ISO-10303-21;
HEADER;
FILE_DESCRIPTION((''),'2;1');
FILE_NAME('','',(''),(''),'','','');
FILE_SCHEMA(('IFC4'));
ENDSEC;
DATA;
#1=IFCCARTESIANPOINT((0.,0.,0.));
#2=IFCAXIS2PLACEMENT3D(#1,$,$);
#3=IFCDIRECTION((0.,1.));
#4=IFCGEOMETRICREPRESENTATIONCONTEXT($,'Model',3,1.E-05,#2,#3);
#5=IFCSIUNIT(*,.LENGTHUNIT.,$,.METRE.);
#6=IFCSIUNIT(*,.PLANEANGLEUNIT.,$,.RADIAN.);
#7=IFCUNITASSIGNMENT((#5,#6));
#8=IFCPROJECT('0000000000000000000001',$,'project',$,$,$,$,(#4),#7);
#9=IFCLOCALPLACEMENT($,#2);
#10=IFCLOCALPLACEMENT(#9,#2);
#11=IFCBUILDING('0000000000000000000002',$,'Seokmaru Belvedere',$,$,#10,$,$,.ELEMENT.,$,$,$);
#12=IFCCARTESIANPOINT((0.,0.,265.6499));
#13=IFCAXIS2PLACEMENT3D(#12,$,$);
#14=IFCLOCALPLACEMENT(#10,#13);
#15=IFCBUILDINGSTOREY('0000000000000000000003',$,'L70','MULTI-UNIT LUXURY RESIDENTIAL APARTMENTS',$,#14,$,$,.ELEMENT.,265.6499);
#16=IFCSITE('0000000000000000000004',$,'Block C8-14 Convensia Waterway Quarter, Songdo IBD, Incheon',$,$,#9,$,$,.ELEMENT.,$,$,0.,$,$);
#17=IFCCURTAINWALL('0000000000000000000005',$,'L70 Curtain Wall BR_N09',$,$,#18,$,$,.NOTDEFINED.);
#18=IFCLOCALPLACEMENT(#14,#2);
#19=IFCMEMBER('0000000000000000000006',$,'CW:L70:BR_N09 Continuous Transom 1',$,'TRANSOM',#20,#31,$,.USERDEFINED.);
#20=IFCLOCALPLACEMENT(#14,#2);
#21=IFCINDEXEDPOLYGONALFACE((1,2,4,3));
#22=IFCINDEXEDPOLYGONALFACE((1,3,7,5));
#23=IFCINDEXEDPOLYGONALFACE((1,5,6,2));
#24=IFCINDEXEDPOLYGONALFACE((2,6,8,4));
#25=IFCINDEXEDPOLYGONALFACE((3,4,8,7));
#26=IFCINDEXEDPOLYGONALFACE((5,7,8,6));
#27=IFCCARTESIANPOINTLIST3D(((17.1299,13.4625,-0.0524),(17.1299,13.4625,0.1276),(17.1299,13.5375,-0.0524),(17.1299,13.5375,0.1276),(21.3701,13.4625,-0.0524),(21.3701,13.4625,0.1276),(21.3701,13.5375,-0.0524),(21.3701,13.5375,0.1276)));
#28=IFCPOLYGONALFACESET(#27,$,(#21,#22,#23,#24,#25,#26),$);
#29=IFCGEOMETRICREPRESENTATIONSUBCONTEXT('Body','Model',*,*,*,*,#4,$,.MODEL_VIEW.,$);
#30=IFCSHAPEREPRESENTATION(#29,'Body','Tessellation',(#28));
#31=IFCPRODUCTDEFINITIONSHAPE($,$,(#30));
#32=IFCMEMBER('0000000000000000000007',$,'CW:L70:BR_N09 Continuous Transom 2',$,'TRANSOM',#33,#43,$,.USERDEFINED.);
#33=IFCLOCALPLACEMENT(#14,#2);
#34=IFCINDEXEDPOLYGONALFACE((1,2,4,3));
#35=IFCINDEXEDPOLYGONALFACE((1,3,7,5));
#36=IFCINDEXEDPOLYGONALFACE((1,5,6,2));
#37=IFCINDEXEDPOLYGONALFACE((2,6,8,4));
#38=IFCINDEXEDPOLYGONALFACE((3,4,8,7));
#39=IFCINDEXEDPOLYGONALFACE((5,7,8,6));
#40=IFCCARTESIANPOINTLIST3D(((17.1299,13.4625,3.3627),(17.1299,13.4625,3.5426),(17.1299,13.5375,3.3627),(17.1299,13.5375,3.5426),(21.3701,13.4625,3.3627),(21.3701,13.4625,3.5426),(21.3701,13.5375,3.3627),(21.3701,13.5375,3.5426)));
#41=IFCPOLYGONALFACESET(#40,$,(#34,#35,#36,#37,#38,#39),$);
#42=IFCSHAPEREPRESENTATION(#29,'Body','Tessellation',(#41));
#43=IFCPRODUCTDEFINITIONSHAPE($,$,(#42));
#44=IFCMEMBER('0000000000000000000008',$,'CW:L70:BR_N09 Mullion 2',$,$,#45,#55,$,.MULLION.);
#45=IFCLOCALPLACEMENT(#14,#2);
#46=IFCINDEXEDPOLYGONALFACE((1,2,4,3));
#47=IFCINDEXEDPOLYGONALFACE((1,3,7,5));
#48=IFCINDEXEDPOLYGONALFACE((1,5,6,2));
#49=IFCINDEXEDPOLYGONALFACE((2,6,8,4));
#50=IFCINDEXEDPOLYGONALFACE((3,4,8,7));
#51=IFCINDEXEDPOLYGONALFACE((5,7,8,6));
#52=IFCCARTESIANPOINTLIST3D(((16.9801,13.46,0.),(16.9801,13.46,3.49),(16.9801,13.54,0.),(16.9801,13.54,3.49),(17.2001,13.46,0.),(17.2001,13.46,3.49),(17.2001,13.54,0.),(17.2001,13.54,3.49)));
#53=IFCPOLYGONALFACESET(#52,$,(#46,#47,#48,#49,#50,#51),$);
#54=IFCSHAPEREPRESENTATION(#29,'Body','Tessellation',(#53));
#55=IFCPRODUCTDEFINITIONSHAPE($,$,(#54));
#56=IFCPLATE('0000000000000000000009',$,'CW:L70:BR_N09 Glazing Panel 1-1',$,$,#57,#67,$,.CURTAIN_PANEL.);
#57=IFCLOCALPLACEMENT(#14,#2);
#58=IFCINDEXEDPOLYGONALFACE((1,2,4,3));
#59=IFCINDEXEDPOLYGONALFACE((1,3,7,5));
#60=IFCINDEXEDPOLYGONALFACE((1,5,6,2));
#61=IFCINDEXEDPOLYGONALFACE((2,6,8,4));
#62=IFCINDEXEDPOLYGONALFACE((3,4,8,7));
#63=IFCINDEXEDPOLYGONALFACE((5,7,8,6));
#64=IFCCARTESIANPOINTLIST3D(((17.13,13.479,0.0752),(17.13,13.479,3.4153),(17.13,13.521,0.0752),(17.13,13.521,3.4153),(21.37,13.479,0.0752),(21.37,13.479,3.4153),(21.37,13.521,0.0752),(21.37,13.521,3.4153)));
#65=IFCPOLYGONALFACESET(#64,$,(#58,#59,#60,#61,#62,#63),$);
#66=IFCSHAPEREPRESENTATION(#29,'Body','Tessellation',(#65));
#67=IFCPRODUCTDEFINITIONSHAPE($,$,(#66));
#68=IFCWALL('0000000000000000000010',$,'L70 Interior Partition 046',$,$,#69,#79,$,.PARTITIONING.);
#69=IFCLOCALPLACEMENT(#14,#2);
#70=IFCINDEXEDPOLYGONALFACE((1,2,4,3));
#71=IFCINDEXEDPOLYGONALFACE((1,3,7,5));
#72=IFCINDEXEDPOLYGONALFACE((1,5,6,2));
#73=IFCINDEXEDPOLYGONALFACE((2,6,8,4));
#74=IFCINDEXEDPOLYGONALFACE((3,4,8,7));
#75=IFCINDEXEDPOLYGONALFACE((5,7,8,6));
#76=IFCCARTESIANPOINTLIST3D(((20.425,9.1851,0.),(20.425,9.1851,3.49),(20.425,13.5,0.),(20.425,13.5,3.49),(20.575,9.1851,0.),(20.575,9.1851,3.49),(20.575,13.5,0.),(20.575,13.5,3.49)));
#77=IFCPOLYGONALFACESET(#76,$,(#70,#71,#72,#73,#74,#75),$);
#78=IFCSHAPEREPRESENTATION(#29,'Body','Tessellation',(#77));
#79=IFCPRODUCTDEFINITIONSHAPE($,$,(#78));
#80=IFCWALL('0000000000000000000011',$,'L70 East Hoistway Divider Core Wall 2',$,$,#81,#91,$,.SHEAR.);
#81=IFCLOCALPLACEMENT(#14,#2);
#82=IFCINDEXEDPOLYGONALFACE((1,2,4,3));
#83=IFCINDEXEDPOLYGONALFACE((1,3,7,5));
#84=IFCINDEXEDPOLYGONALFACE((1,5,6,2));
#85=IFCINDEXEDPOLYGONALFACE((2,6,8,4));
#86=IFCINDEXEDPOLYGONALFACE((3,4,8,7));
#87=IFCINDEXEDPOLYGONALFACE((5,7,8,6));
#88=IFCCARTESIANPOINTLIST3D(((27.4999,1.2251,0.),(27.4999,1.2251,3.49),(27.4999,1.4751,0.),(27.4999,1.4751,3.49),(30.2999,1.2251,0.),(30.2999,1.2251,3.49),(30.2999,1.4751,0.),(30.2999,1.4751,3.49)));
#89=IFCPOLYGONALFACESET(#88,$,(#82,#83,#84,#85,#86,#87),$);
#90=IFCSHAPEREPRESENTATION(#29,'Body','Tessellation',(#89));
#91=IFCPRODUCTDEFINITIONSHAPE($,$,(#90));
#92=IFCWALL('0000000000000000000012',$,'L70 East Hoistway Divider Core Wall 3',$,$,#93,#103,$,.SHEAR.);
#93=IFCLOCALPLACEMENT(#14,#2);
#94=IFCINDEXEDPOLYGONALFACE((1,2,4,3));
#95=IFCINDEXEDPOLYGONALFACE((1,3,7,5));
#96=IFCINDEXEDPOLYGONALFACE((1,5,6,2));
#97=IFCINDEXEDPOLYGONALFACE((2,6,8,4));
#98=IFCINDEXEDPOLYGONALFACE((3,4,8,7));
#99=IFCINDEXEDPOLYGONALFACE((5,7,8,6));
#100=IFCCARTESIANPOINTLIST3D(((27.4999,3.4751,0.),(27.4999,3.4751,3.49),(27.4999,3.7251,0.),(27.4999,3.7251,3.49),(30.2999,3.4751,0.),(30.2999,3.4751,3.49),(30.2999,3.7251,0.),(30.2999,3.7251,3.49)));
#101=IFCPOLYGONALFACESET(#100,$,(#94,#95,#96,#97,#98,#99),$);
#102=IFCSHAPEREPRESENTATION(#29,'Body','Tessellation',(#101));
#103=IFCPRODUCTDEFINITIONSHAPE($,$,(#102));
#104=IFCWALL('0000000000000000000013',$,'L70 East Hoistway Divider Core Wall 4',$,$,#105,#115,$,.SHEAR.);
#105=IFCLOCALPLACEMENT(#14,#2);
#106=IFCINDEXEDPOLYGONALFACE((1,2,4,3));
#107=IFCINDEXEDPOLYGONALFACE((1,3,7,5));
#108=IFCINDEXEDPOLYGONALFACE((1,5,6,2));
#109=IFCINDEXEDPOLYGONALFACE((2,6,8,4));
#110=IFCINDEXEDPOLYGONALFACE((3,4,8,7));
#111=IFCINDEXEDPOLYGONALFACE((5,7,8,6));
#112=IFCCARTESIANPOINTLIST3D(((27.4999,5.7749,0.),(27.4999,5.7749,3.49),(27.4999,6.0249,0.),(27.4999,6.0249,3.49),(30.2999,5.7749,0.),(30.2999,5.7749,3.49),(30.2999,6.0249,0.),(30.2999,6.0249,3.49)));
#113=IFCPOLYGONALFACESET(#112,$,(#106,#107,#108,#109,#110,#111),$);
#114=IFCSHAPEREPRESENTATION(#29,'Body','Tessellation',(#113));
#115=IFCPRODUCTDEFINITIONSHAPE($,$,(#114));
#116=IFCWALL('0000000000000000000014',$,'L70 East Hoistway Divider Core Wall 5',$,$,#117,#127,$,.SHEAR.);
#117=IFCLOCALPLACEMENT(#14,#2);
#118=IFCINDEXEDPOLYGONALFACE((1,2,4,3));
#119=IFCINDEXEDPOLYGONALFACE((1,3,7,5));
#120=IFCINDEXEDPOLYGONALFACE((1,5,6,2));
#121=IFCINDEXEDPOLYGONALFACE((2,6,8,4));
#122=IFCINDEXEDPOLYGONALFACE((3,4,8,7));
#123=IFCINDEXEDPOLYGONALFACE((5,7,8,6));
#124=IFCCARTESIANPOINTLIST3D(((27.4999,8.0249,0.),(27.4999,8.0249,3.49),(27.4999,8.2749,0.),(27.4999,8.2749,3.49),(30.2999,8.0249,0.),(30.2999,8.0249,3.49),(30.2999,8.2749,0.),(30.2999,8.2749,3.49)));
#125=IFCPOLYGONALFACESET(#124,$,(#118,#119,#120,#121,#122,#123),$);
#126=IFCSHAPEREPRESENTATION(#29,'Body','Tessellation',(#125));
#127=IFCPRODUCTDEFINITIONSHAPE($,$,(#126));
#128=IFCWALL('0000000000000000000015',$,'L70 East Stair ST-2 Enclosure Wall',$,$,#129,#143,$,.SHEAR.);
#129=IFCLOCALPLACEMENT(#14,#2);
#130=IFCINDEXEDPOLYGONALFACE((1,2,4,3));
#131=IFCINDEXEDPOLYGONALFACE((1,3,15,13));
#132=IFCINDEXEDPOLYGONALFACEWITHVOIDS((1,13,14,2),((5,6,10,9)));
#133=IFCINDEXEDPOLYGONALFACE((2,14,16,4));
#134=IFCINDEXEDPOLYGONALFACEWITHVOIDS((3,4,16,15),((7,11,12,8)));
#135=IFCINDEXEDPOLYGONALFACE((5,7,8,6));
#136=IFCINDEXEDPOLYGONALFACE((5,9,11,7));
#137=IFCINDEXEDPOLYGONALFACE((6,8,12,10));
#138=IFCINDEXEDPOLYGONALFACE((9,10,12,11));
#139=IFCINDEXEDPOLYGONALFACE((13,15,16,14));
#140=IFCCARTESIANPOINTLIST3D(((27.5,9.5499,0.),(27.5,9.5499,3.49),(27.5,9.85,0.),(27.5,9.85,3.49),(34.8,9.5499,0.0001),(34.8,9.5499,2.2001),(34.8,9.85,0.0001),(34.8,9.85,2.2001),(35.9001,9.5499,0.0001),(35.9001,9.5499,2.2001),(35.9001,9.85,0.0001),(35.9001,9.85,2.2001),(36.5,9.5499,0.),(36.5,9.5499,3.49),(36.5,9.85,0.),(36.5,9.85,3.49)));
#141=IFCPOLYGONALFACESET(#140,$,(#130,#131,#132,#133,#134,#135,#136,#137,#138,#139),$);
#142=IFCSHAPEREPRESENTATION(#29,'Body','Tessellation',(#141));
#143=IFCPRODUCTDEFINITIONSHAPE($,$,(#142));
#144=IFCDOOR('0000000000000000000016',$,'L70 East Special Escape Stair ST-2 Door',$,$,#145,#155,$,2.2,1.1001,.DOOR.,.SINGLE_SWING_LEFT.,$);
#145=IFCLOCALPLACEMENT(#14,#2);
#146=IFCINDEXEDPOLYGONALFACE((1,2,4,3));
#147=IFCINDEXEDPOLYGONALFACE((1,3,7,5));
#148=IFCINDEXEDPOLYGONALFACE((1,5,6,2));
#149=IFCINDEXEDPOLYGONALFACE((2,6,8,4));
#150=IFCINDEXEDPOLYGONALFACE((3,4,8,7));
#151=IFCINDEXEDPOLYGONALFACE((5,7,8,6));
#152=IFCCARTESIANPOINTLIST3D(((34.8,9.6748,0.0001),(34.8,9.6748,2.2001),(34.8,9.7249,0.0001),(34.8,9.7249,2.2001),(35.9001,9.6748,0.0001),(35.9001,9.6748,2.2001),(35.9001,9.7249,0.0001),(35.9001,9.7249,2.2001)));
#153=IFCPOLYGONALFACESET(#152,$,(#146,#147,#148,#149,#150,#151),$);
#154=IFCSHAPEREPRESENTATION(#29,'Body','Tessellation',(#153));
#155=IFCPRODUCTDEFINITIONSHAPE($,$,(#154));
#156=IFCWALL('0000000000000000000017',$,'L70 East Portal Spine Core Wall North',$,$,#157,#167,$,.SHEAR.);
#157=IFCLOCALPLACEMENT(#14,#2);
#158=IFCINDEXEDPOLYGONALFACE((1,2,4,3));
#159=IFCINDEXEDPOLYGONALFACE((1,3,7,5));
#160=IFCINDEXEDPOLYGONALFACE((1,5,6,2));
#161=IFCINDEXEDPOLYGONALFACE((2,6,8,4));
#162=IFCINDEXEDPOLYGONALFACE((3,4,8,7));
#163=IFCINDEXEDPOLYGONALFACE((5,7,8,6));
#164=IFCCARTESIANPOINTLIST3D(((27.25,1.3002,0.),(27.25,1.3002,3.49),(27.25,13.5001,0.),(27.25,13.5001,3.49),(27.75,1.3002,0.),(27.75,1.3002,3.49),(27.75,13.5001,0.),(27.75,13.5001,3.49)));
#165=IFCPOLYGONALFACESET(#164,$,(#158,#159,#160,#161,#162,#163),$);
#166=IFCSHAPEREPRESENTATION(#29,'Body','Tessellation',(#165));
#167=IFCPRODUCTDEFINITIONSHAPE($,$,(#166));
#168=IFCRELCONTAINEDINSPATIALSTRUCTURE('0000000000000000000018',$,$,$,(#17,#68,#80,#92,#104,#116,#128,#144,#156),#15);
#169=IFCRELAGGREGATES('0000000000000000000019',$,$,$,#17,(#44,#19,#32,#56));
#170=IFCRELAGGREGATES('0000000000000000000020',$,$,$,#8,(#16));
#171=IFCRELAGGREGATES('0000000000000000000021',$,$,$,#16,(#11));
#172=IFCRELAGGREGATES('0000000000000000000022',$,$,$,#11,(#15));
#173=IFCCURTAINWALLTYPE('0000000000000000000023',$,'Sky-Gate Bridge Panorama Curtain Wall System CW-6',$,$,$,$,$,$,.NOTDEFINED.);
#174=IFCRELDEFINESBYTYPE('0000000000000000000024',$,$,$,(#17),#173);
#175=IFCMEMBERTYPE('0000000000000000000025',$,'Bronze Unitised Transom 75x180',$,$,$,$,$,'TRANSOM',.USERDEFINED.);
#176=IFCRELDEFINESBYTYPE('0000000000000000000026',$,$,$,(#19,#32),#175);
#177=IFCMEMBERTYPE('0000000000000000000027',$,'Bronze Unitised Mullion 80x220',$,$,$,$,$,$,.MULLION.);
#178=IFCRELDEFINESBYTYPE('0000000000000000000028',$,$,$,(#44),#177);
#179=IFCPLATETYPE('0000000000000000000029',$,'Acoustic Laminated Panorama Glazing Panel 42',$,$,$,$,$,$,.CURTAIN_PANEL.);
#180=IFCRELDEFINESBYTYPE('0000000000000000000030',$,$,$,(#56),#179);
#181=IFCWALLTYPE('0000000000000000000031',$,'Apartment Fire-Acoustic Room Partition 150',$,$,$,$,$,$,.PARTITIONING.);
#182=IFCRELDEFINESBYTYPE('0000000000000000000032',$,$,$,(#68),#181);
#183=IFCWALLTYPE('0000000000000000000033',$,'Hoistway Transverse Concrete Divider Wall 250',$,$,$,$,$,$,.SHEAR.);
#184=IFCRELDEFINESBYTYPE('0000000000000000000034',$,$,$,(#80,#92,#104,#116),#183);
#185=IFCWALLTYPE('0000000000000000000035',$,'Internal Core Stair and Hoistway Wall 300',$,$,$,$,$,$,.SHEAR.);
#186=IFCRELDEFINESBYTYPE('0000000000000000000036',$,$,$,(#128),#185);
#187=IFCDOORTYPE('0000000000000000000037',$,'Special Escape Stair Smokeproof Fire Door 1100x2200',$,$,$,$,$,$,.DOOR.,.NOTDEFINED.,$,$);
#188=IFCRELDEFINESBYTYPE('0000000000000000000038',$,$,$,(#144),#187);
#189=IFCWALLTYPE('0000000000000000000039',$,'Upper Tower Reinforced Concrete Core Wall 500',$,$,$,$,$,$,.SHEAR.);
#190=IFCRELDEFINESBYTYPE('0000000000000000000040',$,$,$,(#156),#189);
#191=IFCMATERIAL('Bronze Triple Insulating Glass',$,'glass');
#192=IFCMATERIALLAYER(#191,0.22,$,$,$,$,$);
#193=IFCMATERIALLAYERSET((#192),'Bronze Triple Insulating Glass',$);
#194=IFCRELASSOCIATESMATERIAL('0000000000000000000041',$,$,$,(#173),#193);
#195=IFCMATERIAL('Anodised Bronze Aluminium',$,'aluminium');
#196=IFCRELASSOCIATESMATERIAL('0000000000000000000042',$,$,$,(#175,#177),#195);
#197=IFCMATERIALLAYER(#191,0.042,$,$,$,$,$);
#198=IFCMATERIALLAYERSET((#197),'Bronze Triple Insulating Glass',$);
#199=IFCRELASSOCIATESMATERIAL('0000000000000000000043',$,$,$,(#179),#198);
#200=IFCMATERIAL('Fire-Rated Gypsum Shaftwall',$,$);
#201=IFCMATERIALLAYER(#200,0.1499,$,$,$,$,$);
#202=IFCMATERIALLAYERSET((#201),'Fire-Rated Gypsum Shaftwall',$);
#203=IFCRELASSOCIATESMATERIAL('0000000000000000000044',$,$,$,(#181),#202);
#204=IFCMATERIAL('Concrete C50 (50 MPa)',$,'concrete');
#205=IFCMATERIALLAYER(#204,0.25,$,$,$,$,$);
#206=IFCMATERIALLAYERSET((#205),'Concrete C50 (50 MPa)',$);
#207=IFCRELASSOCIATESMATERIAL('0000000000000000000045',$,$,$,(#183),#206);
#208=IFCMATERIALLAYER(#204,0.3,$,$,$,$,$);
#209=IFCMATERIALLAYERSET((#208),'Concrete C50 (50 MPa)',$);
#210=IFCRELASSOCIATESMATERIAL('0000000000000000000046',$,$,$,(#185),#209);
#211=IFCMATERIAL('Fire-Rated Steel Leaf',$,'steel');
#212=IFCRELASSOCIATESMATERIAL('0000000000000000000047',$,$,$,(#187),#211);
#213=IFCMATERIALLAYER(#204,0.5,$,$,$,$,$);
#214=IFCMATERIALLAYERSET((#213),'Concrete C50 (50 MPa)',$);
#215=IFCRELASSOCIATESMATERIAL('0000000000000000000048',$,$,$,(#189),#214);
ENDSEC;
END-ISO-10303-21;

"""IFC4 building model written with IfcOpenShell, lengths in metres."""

from ifc_helpers import new_model, si_unit, direction, frame, frame_2d, origin, origin_2d, place, context, subcontext, project, spatial, rectangle, extrude, source, transform, mapped, material, layer, layer_set, material_profile, profile_set, type_object, type_shapes, element, fill, aggregate, save


model = new_model("IFC4")

# Units and contexts
model_context = context("Model", 3, precision=1e-05, world=origin(), true_north=direction((0.0, 1.0)))
body_context = subcontext(model_context, "Body", "Model", "MODEL_VIEW")
ifc_project = project(units=[si_unit("LENGTHUNIT", "METRE"), si_unit("PLANEANGLEUNIT", "RADIAN")], contexts=[model_context])

# Site, building, storey
site_placement = place(None, origin())
site = spatial("IfcSite", under=ifc_project, at=site_placement, Name="Block C8-14 Convensia Waterway Quarter, Songdo IBD, Incheon", CompositionType="ELEMENT", RefElevation=0.0)
building_placement = place(site_placement, origin())
building = spatial("IfcBuilding", under=site, at=building_placement, Name="Seokmaru Belvedere", CompositionType="ELEMENT")
storey_placement = place(building_placement, frame((0.0, 0.0, 265.6499)))
storey = spatial("IfcBuildingStorey", under=building, at=storey_placement, Name="L70", Description="MULTI-UNIT LUXURY RESIDENTIAL APARTMENTS", CompositionType="ELEMENT", Elevation=265.6499)

# Curtain wall, members, plate
ifc_material_1 = material(Name="Bronze Triple Insulating Glass", Category="glass")
ifc_layer_1 = layer(ifc_material_1, 0.22)
ifc_layer_set_1 = layer_set([ifc_layer_1], Name="Bronze Triple Insulating Glass")
curtain_wall_type = type_object("IfcCurtainWallType", Name="Sky-Gate Bridge Panorama Curtain Wall System CW-6", PredefinedType="NOTDEFINED", material=ifc_layer_set_1)
curtain_wall_placement = place(storey_placement, origin())
curtain_wall = element("IfcCurtainWall", 1, at=curtain_wall_placement, inside=storey, type_object=curtain_wall_type, Name="L70 Curtain Wall BR_N09", PredefinedType="NOTDEFINED")
ifc_material_2 = material(Name="Anodised Bronze Aluminium", Category="aluminium")
ifc_material_profile_1 = material_profile(ifc_material_2, rectangle(XDim=0.075, YDim=0.1799, at=origin_2d()), Name="CW-T-75x180")
ifc_profile_set_1 = profile_set([ifc_material_profile_1], Name="Anodised Bronze Aluminium")
member_type_1 = type_object("IfcMemberType", Name="Bronze Unitised Transom 75x180", ElementType="TRANSOM", PredefinedType="USERDEFINED", material=ifc_profile_set_1)
shared_shape_1 = source(origin(), body_context, "Body", "SweptSolid", [
    extrude(rectangle(XDim=0.075, YDim=0.1799, at=origin_2d()), origin(), (0.0, 0.0, 1.0), 4.2402),
])
type_shapes(member_type_1, [shared_shape_1])
member_1_placement = place(storey_placement, frame((21.3701, 13.5, 0.0376), z_axis=(-1.0, 0.0, 0.0), x_axis=(0.0, -1.0, 0.0)))
member_1 = element("IfcMember", 2, at=member_1_placement, type_object=member_type_1, Name="CW:L70:BR_N09 Continuous Transom 1", ObjectType="TRANSOM", PredefinedType="USERDEFINED", context=body_context, shape_type="MappedRepresentation", body=[
    mapped(shared_shape_1, transform((0.0, 0.0, 0.0), scale=1.0)),
])
member_2_placement = place(storey_placement, frame((21.3701, 13.5, 3.4526), z_axis=(-1.0, 0.0, 0.0), x_axis=(0.0, -1.0, 0.0)))
member_2 = element("IfcMember", 3, at=member_2_placement, type_object=member_type_1, Name="CW:L70:BR_N09 Continuous Transom 2", ObjectType="TRANSOM", PredefinedType="USERDEFINED", context=body_context, shape_type="MappedRepresentation", body=[
    mapped(shared_shape_1, transform((0.0, 0.0, 0.0), scale=1.0)),
])
ifc_material_profile_2 = material_profile(ifc_material_2, rectangle(XDim=0.0801, YDim=0.22, at=origin_2d()), Name="CW-M-80x220")
ifc_profile_set_2 = profile_set([ifc_material_profile_2], Name="Anodised Bronze Aluminium")
member_type_2 = type_object("IfcMemberType", Name="Bronze Unitised Mullion 80x220", PredefinedType="MULLION", material=ifc_profile_set_2)
shared_shape_2 = source(origin(), body_context, "Body", "SweptSolid", [
    extrude(rectangle(XDim=0.0801, YDim=0.22, at=origin_2d()), origin(), (0.0, 0.0, 1.0), 3.49),
])
type_shapes(member_type_2, [shared_shape_2])
member_3_placement = place(storey_placement, frame((17.0901, 13.5, 0.0), z_axis=(0.0, 0.0, 1.0), x_axis=(0.0, -1.0, 0.0)))
member_3 = element("IfcMember", 4, at=member_3_placement, type_object=member_type_2, Name="CW:L70:BR_N09 Mullion 2", PredefinedType="MULLION", context=body_context, shape_type="MappedRepresentation", body=[
    mapped(shared_shape_2, transform((0.0, 0.0, 0.0), scale=1.0)),
])
ifc_layer_2 = layer(ifc_material_1, 0.042)
ifc_layer_set_2 = layer_set([ifc_layer_2], Name="Bronze Triple Insulating Glass")
plate_type = type_object("IfcPlateType", Name="Acoustic Laminated Panorama Glazing Panel 42", PredefinedType="CURTAIN_PANEL", material=ifc_layer_set_2)
shared_shape_3 = source(origin(), body_context, "Body", "SweptSolid", [
    extrude(rectangle(XDim=4.24, YDim=0.042, at=origin_2d()), origin(), (0.0, 0.0, 1.0), 3.3401),
])
type_shapes(plate_type, [shared_shape_3])
plate_placement = place(storey_placement, frame((19.25, 13.5, 0.0752), z_axis=(0.0, 0.0, 1.0), x_axis=(-1.0, 0.0, 0.0)))
plate = element("IfcPlate", 5, at=plate_placement, type_object=plate_type, Name="CW:L70:BR_N09 Glazing Panel 1-1", PredefinedType="CURTAIN_PANEL", context=body_context, shape_type="MappedRepresentation", body=[
    mapped(shared_shape_3, transform((0.0, 0.0, 0.0), scale=1.0)),
])
aggregate(curtain_wall, [member_3, member_1, member_2, plate])

# Walls
ifc_material_3 = material(Name="Fire-Rated Gypsum Shaftwall")
ifc_layer_3 = layer(ifc_material_3, 0.1499)
ifc_layer_set_3 = layer_set([ifc_layer_3], Name="Fire-Rated Gypsum Shaftwall")
wall_type_1 = type_object("IfcWallType", Name="Apartment Fire-Acoustic Room Partition 150", PredefinedType="PARTITIONING", material=ifc_layer_set_3)
wall_1_placement = place(storey_placement, frame((20.5, 9.1851, 0.0), z_axis=(0.0, 0.0, 1.0), x_axis=(0.0, 1.0, 0.0)))
element("IfcWall", 6, at=wall_1_placement, inside=storey, type_object=wall_type_1, Name="L70 Interior Partition 046", PredefinedType="PARTITIONING", context=body_context, shape_type="SweptSolid", body=[
    extrude(rectangle(XDim=4.3149, YDim=0.1499, at=frame_2d((2.1575, 0.0))), origin(), (0.0, 0.0, 1.0), 3.49),
])
ifc_material_4 = material(Name="Concrete C50 (50 MPa)", Category="concrete")
ifc_layer_4 = layer(ifc_material_4, 0.25)
ifc_layer_set_4 = layer_set([ifc_layer_4], Name="Concrete C50 (50 MPa)")
wall_type_2 = type_object("IfcWallType", Name="Hoistway Transverse Concrete Divider Wall 250", PredefinedType="SHEAR", material=ifc_layer_set_4)
for number, where, z_axis, x_axis, name in (
    (7, (27.5, 1.3501, 0.0), (0.0, 0.0, 1.0), (1.0, 0.0, 0.0), "L70 East Hoistway Divider Core Wall 2"),
    (8, (27.5, 3.6001, 0.0), (0.0, 0.0, 1.0), (1.0, 0.0, 0.0), "L70 East Hoistway Divider Core Wall 3"),
    (9, (27.5, 5.8999, 0.0), (0.0, 0.0, 1.0), (1.0, 0.0, 0.0), "L70 East Hoistway Divider Core Wall 4"),
    (10, (27.5, 8.1499, 0.0), (0.0, 0.0, 1.0), (1.0, 0.0, 0.0), "L70 East Hoistway Divider Core Wall 5"),
):
    element("IfcWall", number, at=place(storey_placement, frame(where, z_axis=z_axis, x_axis=x_axis)), inside=storey, type_object=wall_type_2, Name=name, PredefinedType="SHEAR", context=body_context, shape_type="SweptSolid", body=[
        extrude(rectangle(XDim=2.8, YDim=0.25, at=frame_2d((1.3999, 0.0))), origin(), (0.0, 0.0, 1.0), 3.49),
    ])

# Wall, opening, door
ifc_layer_5 = layer(ifc_material_4, 0.3)
ifc_layer_set_5 = layer_set([ifc_layer_5], Name="Concrete C50 (50 MPa)")
wall_type_3 = type_object("IfcWallType", Name="Internal Core Stair and Hoistway Wall 300", PredefinedType="SHEAR", material=ifc_layer_set_5)
wall_2_placement = place(storey_placement, frame((27.5, 9.7, 0.0), z_axis=(0.0, 0.0, 1.0), x_axis=(1.0, 0.0, 0.0)))
wall_2 = element("IfcWall", 11, at=wall_2_placement, inside=storey, type_object=wall_type_3, Name="L70 East Stair ST-2 Enclosure Wall", PredefinedType="SHEAR", context=body_context, shape_type="SweptSolid", body=[
    extrude(rectangle(XDim=9.0, YDim=0.3, at=frame_2d((4.5, 0.0))), origin(), (0.0, 0.0, 1.0), 3.49),
])
opening_placement = place(wall_2_placement, frame((7.3, 0.0, 0.0)))
opening = element("IfcOpeningElement", 12, at=opening_placement, cuts=wall_2, PredefinedType="OPENING", context=body_context, shape_type="SweptSolid", body=[
    extrude(rectangle(XDim=1.1001, YDim=2.2, at=frame_2d((0.55, 1.1001))), frame((0.0, 0.1602, 0.0), z_axis=(0.0, -1.0, 0.0), x_axis=(1.0, 0.0, 0.0)), (0.0, 0.0, 1.0), 0.3201),
])
ifc_material_5 = material(Name="Fire-Rated Steel Leaf", Category="steel")
door_type = type_object("IfcDoorType", Name="Special Escape Stair Smokeproof Fire Door 1100x2200", OperationType="NOTDEFINED", PredefinedType="DOOR", material=ifc_material_5)
shared_shape_4 = source(origin(), body_context, "Body", "SweptSolid", [
    extrude(rectangle(XDim=1.1001, YDim=2.2, at=frame_2d((0.55, 1.1001))), frame((0.0, 0.0249, 0.0), z_axis=(0.0, -1.0, 0.0), x_axis=(1.0, 0.0, 0.0)), (0.0, 0.0, 1.0), 0.05),
])
type_shapes(door_type, [shared_shape_4])
door_placement = place(opening_placement, origin())
door = element("IfcDoor", 13, at=door_placement, inside=storey, type_object=door_type, Name="L70 East Special Escape Stair ST-2 Door", OperationType="SINGLE_SWING_LEFT", OverallHeight=2.2, OverallWidth=1.1001, PredefinedType="DOOR", context=body_context, shape_type="MappedRepresentation", body=[
    mapped(shared_shape_4, transform((0.0, 0.0, 0.0), scale=1.0)),
])
fill(opening, door)

# Wall
ifc_layer_6 = layer(ifc_material_4, 0.5)
ifc_layer_set_6 = layer_set([ifc_layer_6], Name="Concrete C50 (50 MPa)")
wall_type_4 = type_object("IfcWallType", Name="Upper Tower Reinforced Concrete Core Wall 500", PredefinedType="SHEAR", material=ifc_layer_set_6)
wall_3_placement = place(storey_placement, frame((27.5, 1.3, 0.0), z_axis=(0.0, 0.0, 1.0), x_axis=(0.0, 1.0, 0.0)))
element("IfcWall", 14, at=wall_3_placement, inside=storey, type_object=wall_type_4, Name="L70 East Portal Spine Core Wall North", PredefinedType="SHEAR", context=body_context, shape_type="SweptSolid", body=[
    extrude(rectangle(XDim=12.2, YDim=0.5, at=frame_2d((6.1001, 0.0))), origin(), (0.0, 0.0, 1.0), 3.49),
])

save(model, "model.ifc")
